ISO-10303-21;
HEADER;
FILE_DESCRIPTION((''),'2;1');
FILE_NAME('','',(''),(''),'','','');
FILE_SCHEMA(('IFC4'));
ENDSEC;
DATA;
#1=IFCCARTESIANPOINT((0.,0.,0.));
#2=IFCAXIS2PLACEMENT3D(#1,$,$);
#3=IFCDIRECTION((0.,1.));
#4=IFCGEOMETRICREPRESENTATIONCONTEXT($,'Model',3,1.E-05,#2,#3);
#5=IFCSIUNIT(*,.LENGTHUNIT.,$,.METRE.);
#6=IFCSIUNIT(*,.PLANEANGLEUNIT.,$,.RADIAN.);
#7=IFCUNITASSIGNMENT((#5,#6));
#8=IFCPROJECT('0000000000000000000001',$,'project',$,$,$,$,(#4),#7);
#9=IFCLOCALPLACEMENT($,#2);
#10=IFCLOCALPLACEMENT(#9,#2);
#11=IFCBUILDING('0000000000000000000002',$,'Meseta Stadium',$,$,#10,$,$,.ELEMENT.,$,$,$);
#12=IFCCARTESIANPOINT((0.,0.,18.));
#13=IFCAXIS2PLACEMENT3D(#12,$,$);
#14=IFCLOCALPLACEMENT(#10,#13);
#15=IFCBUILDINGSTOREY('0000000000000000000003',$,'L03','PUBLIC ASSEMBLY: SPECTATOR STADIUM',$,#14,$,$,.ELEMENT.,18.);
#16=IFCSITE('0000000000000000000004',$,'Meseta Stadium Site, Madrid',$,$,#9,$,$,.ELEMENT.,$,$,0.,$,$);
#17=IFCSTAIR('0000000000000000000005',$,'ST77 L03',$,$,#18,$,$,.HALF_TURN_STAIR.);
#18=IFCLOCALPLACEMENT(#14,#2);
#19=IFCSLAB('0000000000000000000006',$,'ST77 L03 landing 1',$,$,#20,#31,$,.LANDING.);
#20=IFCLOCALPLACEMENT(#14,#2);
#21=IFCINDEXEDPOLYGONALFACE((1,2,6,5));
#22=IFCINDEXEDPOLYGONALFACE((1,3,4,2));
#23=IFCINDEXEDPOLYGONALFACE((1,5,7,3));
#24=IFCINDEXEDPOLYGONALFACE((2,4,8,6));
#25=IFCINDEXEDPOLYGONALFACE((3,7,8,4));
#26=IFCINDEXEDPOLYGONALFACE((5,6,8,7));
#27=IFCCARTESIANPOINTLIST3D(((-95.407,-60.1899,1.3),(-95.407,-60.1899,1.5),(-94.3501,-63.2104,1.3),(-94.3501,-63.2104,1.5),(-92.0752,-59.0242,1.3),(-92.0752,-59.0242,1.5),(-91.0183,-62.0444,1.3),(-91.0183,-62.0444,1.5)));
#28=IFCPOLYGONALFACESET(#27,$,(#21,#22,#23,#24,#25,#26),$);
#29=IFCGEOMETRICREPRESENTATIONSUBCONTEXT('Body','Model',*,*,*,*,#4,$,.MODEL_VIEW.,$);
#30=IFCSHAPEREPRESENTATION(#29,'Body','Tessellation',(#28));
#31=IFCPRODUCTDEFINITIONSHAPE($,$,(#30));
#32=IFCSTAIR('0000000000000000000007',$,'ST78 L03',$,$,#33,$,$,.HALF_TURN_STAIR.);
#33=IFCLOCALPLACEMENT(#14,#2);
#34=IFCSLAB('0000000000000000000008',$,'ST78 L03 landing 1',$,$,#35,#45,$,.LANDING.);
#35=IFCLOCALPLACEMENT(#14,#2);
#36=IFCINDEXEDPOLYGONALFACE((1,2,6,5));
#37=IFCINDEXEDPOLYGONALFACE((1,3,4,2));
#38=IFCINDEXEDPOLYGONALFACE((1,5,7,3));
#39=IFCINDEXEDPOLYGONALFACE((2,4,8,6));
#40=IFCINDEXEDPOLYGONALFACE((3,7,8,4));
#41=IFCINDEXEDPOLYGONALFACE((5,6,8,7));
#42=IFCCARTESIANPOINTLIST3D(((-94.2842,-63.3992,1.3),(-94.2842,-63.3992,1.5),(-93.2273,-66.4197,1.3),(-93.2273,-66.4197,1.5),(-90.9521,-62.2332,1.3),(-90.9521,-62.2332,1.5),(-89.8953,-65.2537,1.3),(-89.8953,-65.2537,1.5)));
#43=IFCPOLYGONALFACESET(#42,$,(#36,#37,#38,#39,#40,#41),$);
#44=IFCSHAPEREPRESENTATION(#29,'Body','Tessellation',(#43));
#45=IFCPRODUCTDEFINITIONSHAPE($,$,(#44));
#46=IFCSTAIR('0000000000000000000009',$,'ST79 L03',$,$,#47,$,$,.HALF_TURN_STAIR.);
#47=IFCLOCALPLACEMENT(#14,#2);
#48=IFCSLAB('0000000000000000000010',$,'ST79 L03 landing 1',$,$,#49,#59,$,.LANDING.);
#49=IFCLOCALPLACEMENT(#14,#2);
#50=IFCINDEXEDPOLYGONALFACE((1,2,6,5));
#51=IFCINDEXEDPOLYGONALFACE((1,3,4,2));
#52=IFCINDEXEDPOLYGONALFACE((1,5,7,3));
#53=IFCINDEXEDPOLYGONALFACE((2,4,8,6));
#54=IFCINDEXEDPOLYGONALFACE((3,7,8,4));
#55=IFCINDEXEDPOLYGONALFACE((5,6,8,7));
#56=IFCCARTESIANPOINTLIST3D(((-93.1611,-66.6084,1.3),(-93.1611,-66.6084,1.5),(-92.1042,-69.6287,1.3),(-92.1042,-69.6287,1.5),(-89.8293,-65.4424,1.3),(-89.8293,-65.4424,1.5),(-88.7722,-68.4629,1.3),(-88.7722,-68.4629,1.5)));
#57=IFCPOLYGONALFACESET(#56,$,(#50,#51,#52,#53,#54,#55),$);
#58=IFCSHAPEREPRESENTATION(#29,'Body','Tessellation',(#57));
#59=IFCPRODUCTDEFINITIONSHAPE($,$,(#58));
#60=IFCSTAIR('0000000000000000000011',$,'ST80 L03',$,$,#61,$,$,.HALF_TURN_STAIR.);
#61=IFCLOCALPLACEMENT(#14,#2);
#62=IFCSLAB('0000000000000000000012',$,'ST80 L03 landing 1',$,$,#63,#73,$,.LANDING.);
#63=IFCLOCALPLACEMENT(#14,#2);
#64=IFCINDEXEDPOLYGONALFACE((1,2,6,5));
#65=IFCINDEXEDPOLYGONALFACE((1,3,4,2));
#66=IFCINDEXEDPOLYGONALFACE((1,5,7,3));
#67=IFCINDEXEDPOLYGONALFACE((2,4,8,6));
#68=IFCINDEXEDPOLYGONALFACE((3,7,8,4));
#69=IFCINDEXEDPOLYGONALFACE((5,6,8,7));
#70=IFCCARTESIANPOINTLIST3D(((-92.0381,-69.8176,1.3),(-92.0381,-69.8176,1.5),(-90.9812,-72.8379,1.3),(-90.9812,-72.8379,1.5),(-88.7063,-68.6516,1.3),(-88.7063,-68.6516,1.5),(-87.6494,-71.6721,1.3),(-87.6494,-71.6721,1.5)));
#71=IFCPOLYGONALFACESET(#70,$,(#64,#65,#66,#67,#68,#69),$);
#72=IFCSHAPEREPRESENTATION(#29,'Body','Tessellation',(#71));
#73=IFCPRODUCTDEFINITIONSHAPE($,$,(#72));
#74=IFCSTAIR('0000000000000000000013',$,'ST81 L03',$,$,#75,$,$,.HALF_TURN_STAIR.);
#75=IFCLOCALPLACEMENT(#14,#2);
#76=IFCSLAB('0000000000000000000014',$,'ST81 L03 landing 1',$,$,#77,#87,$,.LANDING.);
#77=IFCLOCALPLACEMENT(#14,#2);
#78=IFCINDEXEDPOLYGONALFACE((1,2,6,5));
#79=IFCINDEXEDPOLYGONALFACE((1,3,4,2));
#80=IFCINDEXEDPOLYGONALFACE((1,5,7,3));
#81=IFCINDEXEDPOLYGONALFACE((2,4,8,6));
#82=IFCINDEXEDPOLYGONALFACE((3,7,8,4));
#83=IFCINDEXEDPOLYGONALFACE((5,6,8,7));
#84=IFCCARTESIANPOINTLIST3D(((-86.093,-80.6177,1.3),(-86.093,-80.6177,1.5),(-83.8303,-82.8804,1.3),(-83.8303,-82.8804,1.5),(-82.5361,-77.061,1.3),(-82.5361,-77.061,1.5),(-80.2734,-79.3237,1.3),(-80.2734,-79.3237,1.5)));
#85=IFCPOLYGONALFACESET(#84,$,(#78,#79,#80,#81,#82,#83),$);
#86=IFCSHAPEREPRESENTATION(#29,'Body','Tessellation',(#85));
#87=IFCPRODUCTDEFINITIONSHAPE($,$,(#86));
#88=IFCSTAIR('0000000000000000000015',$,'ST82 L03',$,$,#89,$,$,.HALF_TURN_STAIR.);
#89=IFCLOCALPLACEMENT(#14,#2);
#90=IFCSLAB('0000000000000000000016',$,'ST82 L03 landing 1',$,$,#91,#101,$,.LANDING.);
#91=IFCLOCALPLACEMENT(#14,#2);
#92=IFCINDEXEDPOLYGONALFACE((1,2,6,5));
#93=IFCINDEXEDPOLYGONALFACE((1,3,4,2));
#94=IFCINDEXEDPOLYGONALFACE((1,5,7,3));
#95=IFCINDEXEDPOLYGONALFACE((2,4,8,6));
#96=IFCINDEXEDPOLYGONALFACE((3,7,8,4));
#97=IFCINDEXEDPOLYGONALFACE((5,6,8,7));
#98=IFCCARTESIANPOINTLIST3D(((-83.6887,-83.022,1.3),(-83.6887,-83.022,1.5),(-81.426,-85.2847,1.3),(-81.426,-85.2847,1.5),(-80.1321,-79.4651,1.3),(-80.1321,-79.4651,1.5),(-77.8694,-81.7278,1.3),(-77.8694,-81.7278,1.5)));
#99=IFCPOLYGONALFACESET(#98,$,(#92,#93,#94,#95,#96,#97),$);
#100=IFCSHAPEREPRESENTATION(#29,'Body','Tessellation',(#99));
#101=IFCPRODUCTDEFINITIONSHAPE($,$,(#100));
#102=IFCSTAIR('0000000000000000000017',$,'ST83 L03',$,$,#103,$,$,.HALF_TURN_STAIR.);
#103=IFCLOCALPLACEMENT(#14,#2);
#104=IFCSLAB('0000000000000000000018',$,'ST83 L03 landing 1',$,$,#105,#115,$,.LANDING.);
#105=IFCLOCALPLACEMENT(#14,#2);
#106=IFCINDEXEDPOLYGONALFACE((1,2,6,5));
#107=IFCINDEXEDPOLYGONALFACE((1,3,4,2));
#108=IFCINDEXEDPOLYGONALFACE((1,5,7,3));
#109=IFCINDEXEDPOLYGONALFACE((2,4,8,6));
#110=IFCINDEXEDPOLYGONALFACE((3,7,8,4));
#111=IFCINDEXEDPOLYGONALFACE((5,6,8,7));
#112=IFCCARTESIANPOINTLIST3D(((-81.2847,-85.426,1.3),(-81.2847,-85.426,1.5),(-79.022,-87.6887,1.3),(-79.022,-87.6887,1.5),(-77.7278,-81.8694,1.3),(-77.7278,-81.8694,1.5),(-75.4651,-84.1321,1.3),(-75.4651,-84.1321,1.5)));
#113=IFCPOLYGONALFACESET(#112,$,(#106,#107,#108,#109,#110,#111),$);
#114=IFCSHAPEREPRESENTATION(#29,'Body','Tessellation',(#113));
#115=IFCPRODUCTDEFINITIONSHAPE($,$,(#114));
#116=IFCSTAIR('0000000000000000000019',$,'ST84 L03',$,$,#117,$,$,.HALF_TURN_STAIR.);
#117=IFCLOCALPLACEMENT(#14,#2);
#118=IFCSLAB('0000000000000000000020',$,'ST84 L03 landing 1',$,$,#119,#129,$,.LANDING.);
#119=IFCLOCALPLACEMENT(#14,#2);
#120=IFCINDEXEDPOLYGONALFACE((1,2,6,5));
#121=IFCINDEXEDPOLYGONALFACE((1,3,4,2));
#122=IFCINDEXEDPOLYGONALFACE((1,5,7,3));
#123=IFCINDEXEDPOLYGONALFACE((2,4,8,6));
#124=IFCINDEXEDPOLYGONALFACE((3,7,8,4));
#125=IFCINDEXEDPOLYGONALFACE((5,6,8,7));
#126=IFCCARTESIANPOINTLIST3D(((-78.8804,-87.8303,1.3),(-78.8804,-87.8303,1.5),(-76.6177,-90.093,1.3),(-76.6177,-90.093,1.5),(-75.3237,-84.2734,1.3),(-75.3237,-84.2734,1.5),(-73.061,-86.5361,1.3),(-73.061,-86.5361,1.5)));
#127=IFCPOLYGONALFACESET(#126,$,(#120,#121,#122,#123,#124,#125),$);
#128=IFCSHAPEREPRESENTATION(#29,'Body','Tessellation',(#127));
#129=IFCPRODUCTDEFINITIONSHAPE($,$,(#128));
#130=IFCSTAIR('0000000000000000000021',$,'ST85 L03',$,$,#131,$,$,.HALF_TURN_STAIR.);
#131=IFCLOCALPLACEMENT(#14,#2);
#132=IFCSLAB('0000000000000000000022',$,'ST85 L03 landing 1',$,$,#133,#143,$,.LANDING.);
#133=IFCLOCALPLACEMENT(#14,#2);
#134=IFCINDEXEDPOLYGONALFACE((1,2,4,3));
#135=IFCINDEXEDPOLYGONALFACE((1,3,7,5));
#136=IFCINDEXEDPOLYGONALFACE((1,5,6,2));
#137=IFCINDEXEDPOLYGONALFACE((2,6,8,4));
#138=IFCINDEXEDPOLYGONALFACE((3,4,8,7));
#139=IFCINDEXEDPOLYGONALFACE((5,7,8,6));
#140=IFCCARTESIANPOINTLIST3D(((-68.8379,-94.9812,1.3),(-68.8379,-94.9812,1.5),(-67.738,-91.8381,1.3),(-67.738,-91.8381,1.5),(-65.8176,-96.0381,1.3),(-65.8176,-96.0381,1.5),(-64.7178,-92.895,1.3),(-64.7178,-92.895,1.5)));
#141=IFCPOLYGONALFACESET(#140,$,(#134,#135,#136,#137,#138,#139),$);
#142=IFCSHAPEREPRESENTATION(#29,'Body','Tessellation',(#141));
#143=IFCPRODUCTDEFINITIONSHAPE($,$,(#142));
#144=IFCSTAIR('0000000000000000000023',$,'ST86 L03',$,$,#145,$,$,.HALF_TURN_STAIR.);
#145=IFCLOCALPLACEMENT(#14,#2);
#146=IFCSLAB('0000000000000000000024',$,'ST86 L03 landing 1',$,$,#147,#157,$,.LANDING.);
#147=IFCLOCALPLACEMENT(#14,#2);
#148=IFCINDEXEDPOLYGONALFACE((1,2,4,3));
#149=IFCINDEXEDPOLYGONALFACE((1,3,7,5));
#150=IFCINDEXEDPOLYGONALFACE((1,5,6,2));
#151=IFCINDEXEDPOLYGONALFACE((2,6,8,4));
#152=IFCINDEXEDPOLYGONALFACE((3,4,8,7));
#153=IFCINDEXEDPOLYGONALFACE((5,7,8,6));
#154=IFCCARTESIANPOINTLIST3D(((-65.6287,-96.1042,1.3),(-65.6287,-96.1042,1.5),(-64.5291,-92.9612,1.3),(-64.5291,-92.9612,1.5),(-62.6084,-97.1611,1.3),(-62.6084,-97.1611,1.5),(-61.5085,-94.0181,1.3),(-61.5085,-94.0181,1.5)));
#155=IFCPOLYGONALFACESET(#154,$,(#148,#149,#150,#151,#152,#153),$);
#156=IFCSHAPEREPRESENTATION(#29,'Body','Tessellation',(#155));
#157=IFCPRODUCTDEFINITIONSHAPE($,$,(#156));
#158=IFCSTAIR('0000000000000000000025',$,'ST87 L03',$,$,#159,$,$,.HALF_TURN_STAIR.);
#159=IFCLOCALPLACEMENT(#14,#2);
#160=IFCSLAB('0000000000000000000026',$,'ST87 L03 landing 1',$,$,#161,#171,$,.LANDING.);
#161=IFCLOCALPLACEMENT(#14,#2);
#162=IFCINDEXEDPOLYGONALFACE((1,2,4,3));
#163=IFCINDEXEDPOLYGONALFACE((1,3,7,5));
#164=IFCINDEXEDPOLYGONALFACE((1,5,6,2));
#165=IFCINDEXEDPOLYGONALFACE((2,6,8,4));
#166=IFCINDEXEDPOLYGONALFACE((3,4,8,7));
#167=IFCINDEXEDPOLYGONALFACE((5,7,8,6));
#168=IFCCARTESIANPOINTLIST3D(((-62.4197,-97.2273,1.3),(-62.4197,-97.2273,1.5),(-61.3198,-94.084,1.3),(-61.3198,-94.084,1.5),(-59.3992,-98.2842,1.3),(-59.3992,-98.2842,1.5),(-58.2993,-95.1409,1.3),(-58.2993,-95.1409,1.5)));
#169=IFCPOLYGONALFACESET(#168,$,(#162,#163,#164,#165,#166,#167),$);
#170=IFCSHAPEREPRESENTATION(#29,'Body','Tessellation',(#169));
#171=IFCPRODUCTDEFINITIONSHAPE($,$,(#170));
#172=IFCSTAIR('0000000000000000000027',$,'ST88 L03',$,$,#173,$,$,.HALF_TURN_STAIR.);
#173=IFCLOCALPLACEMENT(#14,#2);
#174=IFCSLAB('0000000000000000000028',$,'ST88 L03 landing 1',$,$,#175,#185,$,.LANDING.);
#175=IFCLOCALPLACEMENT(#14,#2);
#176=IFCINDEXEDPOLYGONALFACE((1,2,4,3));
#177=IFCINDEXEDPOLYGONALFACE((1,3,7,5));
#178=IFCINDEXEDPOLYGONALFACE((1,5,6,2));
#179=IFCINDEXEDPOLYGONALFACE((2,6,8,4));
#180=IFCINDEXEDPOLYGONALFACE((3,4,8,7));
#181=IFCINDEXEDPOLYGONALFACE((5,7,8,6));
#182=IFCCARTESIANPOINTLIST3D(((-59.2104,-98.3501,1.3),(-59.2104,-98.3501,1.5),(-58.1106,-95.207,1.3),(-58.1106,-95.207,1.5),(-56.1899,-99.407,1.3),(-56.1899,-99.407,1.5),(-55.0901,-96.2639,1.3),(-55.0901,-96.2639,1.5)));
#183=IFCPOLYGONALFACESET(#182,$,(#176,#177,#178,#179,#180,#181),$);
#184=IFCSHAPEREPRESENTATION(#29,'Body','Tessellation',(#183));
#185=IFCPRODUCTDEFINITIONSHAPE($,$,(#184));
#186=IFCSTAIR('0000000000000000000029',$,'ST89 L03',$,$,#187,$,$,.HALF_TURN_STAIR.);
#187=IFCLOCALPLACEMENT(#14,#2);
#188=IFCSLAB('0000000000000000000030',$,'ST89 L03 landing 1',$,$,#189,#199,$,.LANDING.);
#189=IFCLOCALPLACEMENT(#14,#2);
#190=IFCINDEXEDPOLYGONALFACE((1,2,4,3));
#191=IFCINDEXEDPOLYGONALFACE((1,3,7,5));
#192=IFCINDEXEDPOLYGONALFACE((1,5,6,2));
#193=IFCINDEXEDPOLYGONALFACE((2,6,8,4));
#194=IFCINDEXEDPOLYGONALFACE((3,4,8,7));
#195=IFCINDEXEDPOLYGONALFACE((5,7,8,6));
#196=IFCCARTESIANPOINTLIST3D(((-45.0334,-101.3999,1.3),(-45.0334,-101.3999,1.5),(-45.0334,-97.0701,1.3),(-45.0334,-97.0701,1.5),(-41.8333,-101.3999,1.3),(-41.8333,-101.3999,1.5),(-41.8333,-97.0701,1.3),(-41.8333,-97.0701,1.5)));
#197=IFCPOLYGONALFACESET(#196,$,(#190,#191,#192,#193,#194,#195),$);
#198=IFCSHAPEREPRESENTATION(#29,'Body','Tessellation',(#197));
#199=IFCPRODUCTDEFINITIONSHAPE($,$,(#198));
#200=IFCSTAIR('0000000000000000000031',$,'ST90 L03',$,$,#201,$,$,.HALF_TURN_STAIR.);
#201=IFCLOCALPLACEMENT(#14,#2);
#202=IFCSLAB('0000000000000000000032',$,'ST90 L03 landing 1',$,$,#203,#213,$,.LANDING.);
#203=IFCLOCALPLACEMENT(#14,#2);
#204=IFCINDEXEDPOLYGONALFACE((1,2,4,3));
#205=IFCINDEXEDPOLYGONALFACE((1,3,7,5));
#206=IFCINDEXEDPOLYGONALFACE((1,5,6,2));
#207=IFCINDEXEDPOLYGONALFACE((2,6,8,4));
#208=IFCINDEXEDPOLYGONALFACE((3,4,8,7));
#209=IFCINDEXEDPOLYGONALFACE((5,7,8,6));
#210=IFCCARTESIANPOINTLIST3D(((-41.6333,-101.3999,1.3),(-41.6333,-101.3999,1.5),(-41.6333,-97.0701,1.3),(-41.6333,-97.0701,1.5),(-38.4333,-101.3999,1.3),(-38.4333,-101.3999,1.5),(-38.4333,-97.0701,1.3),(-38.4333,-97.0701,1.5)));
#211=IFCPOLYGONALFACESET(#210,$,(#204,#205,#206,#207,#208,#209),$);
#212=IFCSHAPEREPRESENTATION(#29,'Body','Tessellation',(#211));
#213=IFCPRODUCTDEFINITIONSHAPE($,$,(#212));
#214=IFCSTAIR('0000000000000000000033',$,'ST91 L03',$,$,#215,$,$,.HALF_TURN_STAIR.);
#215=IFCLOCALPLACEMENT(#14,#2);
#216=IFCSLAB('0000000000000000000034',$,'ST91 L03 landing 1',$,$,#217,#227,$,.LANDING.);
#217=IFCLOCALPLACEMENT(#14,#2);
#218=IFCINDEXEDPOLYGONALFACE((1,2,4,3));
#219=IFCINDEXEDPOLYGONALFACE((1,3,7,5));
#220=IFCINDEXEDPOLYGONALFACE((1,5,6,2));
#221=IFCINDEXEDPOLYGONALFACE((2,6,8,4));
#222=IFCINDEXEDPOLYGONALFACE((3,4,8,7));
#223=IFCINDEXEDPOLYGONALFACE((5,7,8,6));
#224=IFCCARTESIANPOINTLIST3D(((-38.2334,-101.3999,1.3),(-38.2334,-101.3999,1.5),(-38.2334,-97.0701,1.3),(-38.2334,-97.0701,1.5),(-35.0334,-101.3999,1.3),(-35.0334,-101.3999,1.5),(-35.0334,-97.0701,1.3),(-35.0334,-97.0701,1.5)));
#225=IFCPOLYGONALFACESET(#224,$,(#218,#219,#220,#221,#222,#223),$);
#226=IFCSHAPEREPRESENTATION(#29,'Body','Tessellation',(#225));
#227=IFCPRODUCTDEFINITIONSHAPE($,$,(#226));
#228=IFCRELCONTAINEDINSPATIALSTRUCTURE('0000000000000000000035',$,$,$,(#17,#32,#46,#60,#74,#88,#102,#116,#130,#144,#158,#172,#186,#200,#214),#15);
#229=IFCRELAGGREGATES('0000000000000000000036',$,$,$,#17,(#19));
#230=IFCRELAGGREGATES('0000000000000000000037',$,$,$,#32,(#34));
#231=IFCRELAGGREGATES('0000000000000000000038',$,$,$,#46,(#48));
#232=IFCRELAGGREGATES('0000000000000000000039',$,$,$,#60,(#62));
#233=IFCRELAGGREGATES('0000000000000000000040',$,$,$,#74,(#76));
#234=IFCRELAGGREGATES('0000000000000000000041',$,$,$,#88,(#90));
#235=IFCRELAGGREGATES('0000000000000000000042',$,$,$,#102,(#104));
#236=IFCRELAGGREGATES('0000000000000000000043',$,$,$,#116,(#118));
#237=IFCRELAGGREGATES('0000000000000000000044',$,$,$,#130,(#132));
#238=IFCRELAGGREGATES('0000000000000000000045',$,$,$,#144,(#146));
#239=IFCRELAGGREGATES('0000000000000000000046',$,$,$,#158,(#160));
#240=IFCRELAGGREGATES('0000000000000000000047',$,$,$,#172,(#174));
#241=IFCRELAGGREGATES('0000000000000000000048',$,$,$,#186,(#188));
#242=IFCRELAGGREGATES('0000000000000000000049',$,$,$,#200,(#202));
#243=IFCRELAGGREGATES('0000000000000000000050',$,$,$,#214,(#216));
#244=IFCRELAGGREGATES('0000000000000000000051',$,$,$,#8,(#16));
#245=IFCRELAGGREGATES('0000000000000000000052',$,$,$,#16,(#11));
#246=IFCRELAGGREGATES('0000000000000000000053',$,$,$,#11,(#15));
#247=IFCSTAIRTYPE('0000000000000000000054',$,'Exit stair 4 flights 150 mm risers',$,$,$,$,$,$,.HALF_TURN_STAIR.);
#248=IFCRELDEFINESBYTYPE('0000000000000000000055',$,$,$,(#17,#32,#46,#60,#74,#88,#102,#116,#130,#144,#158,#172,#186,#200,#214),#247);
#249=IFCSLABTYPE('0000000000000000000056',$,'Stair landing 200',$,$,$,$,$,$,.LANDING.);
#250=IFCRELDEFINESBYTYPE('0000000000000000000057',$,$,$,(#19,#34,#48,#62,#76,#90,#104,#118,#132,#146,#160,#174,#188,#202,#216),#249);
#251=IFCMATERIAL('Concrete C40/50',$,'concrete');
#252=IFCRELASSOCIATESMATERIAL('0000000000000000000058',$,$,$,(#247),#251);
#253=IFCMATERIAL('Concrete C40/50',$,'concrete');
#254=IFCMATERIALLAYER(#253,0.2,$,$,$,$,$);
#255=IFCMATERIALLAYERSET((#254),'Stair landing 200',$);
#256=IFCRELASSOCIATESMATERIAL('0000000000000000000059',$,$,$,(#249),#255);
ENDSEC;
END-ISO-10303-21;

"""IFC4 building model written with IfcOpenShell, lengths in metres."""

from ifc_helpers import new_model, si_unit, direction, frame, origin, place, context, subcontext, project, spatial, polyline, outline, extrude, material, layer, layer_set, type_object, element, aggregate, save


model = new_model("IFC4")

# Units and contexts
model_context = context("Model", 3, precision=1e-05, world=origin(), true_north=direction((0.0, 1.0)))
body_context = subcontext(model_context, "Body", "Model", "MODEL_VIEW")
ifc_project = project(units=[si_unit("LENGTHUNIT", "METRE"), si_unit("PLANEANGLEUNIT", "RADIAN")], contexts=[model_context])

# Site, building, storey
site_placement = place(None, origin())
site = spatial("IfcSite", under=ifc_project, at=site_placement, Name="Meseta Stadium Site, Madrid", CompositionType="ELEMENT", RefElevation=0.0)
building_placement = place(site_placement, origin())
building = spatial("IfcBuilding", under=site, at=building_placement, Name="Meseta Stadium", CompositionType="ELEMENT")
storey_placement = place(building_placement, frame((0.0, 0.0, 18.0)))
storey = spatial("IfcBuildingStorey", under=building, at=storey_placement, Name="L03", Description="PUBLIC ASSEMBLY: SPECTATOR STADIUM", CompositionType="ELEMENT", Elevation=18.0)

# Stairs, slabs
ifc_material_1 = material(Name="Concrete C40/50", Category="concrete")
stair_type = type_object("IfcStairType", Name="Exit stair 4 flights 150 mm risers", PredefinedType="HALF_TURN_STAIR", material=ifc_material_1)
stair_1_placement = place(storey_placement, origin())
stair_1 = element("IfcStair", 1, at=stair_1_placement, inside=storey, type_object=stair_type, Name="ST77 L03", PredefinedType="HALF_TURN_STAIR")
ifc_material_2 = material(Name="Concrete C40/50", Category="concrete")
ifc_layer = layer(ifc_material_2, 0.2)
ifc_layer_set = layer_set([ifc_layer], Name="Stair landing 200")
slab_type = type_object("IfcSlabType", Name="Stair landing 200", PredefinedType="LANDING", material=ifc_layer_set)
slab_1_placement = place(storey_placement, frame((0.0, 0.0, 1.3)))
slab_1 = element("IfcSlab", 2, at=slab_1_placement, type_object=slab_type, Name="ST77 L03 landing 1", PredefinedType="LANDING", context=body_context, shape_type="SweptSolid", body=[
    extrude(outline(polyline([(-92.0752, -59.0242), (-95.407, -60.1899), (-94.3501, -63.2104), (-91.0183, -62.0444), (-92.0752, -59.0242)])), origin(), (0.0, 0.0, 1.0), 0.2),
])
aggregate(stair_1, [slab_1])
stair_2_placement = place(storey_placement, origin())
stair_2 = element("IfcStair", 3, at=stair_2_placement, inside=storey, type_object=stair_type, Name="ST78 L03", PredefinedType="HALF_TURN_STAIR")
slab_2_placement = place(storey_placement, frame((0.0, 0.0, 1.3)))
slab_2 = element("IfcSlab", 4, at=slab_2_placement, type_object=slab_type, Name="ST78 L03 landing 1", PredefinedType="LANDING", context=body_context, shape_type="SweptSolid", body=[
    extrude(outline(polyline([(-90.9521, -62.2332), (-94.2842, -63.3992), (-93.2273, -66.4197), (-89.8953, -65.2537), (-90.9521, -62.2332)])), origin(), (0.0, 0.0, 1.0), 0.2),
])
aggregate(stair_2, [slab_2])
stair_3_placement = place(storey_placement, origin())
stair_3 = element("IfcStair", 5, at=stair_3_placement, inside=storey, type_object=stair_type, Name="ST79 L03", PredefinedType="HALF_TURN_STAIR")
slab_3_placement = place(storey_placement, frame((0.0, 0.0, 1.3)))
slab_3 = element("IfcSlab", 6, at=slab_3_placement, type_object=slab_type, Name="ST79 L03 landing 1", PredefinedType="LANDING", context=body_context, shape_type="SweptSolid", body=[
    extrude(outline(polyline([(-89.8293, -65.4424), (-93.1611, -66.6084), (-92.1042, -69.6287), (-88.7722, -68.4629), (-89.8293, -65.4424)])), origin(), (0.0, 0.0, 1.0), 0.2),
])
aggregate(stair_3, [slab_3])
stair_4_placement = place(storey_placement, origin())
stair_4 = element("IfcStair", 7, at=stair_4_placement, inside=storey, type_object=stair_type, Name="ST80 L03", PredefinedType="HALF_TURN_STAIR")
slab_4_placement = place(storey_placement, frame((0.0, 0.0, 1.3)))
slab_4 = element("IfcSlab", 8, at=slab_4_placement, type_object=slab_type, Name="ST80 L03 landing 1", PredefinedType="LANDING", context=body_context, shape_type="SweptSolid", body=[
    extrude(outline(polyline([(-88.7063, -68.6516), (-92.0381, -69.8176), (-90.9812, -72.8379), (-87.6494, -71.6721), (-88.7063, -68.6516)])), origin(), (0.0, 0.0, 1.0), 0.2),
])
aggregate(stair_4, [slab_4])
stair_5_placement = place(storey_placement, origin())
stair_5 = element("IfcStair", 9, at=stair_5_placement, inside=storey, type_object=stair_type, Name="ST81 L03", PredefinedType="HALF_TURN_STAIR")
slab_5_placement = place(storey_placement, frame((0.0, 0.0, 1.3)))
slab_5 = element("IfcSlab", 10, at=slab_5_placement, type_object=slab_type, Name="ST81 L03 landing 1", PredefinedType="LANDING", context=body_context, shape_type="SweptSolid", body=[
    extrude(outline(polyline([(-82.5361, -77.061), (-86.093, -80.6177), (-83.8303, -82.8804), (-80.2734, -79.3237), (-82.5361, -77.061)])), origin(), (0.0, 0.0, 1.0), 0.2),
])
aggregate(stair_5, [slab_5])
stair_6_placement = place(storey_placement, origin())
stair_6 = element("IfcStair", 11, at=stair_6_placement, inside=storey, type_object=stair_type, Name="ST82 L03", PredefinedType="HALF_TURN_STAIR")
slab_6_placement = place(storey_placement, frame((0.0, 0.0, 1.3)))
slab_6 = element("IfcSlab", 12, at=slab_6_placement, type_object=slab_type, Name="ST82 L03 landing 1", PredefinedType="LANDING", context=body_context, shape_type="SweptSolid", body=[
    extrude(outline(polyline([(-80.1321, -79.4651), (-83.6887, -83.022), (-81.426, -85.2847), (-77.8694, -81.7278), (-80.1321, -79.4651)])), origin(), (0.0, 0.0, 1.0), 0.2),
])
aggregate(stair_6, [slab_6])
stair_7_placement = place(storey_placement, origin())
stair_7 = element("IfcStair", 13, at=stair_7_placement, inside=storey, type_object=stair_type, Name="ST83 L03", PredefinedType="HALF_TURN_STAIR")
slab_7_placement = place(storey_placement, frame((0.0, 0.0, 1.3)))
slab_7 = element("IfcSlab", 14, at=slab_7_placement, type_object=slab_type, Name="ST83 L03 landing 1", PredefinedType="LANDING", context=body_context, shape_type="SweptSolid", body=[
    extrude(outline(polyline([(-77.7278, -81.8694), (-81.2847, -85.426), (-79.022, -87.6887), (-75.4651, -84.1321), (-77.7278, -81.8694)])), origin(), (0.0, 0.0, 1.0), 0.2),
])
aggregate(stair_7, [slab_7])
stair_8_placement = place(storey_placement, origin())
stair_8 = element("IfcStair", 15, at=stair_8_placement, inside=storey, type_object=stair_type, Name="ST84 L03", PredefinedType="HALF_TURN_STAIR")
slab_8_placement = place(storey_placement, frame((0.0, 0.0, 1.3)))
slab_8 = element("IfcSlab", 16, at=slab_8_placement, type_object=slab_type, Name="ST84 L03 landing 1", PredefinedType="LANDING", context=body_context, shape_type="SweptSolid", body=[
    extrude(outline(polyline([(-75.3237, -84.2734), (-78.8804, -87.8303), (-76.6177, -90.093), (-73.061, -86.5361), (-75.3237, -84.2734)])), origin(), (0.0, 0.0, 1.0), 0.2),
])
aggregate(stair_8, [slab_8])
stair_9_placement = place(storey_placement, origin())
stair_9 = element("IfcStair", 17, at=stair_9_placement, inside=storey, type_object=stair_type, Name="ST85 L03", PredefinedType="HALF_TURN_STAIR")
slab_9_placement = place(storey_placement, frame((0.0, 0.0, 1.3)))
slab_9 = element("IfcSlab", 18, at=slab_9_placement, type_object=slab_type, Name="ST85 L03 landing 1", PredefinedType="LANDING", context=body_context, shape_type="SweptSolid", body=[
    extrude(outline(polyline([(-67.738, -91.8381), (-68.8379, -94.9812), (-65.8176, -96.0381), (-64.7178, -92.895), (-67.738, -91.8381)])), origin(), (0.0, 0.0, 1.0), 0.2),
])
aggregate(stair_9, [slab_9])
stair_10_placement = place(storey_placement, origin())
stair_10 = element("IfcStair", 19, at=stair_10_placement, inside=storey, type_object=stair_type, Name="ST86 L03", PredefinedType="HALF_TURN_STAIR")
slab_10_placement = place(storey_placement, frame((0.0, 0.0, 1.3)))
slab_10 = element("IfcSlab", 20, at=slab_10_placement, type_object=slab_type, Name="ST86 L03 landing 1", PredefinedType="LANDING", context=body_context, shape_type="SweptSolid", body=[
    extrude(outline(polyline([(-64.5291, -92.9612), (-65.6287, -96.1042), (-62.6084, -97.1611), (-61.5085, -94.0181), (-64.5291, -92.9612)])), origin(), (0.0, 0.0, 1.0), 0.2),
])
aggregate(stair_10, [slab_10])
stair_11_placement = place(storey_placement, origin())
stair_11 = element("IfcStair", 21, at=stair_11_placement, inside=storey, type_object=stair_type, Name="ST87 L03", PredefinedType="HALF_TURN_STAIR")
slab_11_placement = place(storey_placement, frame((0.0, 0.0, 1.3)))
slab_11 = element("IfcSlab", 22, at=slab_11_placement, type_object=slab_type, Name="ST87 L03 landing 1", PredefinedType="LANDING", context=body_context, shape_type="SweptSolid", body=[
    extrude(outline(polyline([(-61.3198, -94.084), (-62.4197, -97.2273), (-59.3992, -98.2842), (-58.2993, -95.1409), (-61.3198, -94.084)])), origin(), (0.0, 0.0, 1.0), 0.2),
])
aggregate(stair_11, [slab_11])
stair_12_placement = place(storey_placement, origin())
stair_12 = element("IfcStair", 23, at=stair_12_placement, inside=storey, type_object=stair_type, Name="ST88 L03", PredefinedType="HALF_TURN_STAIR")
slab_12_placement = place(storey_placement, frame((0.0, 0.0, 1.3)))
slab_12 = element("IfcSlab", 24, at=slab_12_placement, type_object=slab_type, Name="ST88 L03 landing 1", PredefinedType="LANDING", context=body_context, shape_type="SweptSolid", body=[
    extrude(outline(polyline([(-58.1106, -95.207), (-59.2104, -98.3501), (-56.1899, -99.407), (-55.0901, -96.2639), (-58.1106, -95.207)])), origin(), (0.0, 0.0, 1.0), 0.2),
])
aggregate(stair_12, [slab_12])
stair_13_placement = place(storey_placement, origin())
stair_13 = element("IfcStair", 25, at=stair_13_placement, inside=storey, type_object=stair_type, Name="ST89 L03", PredefinedType="HALF_TURN_STAIR")
slab_13_placement = place(storey_placement, frame((0.0, 0.0, 1.3)))
slab_13 = element("IfcSlab", 26, at=slab_13_placement, type_object=slab_type, Name="ST89 L03 landing 1", PredefinedType="LANDING", context=body_context, shape_type="SweptSolid", body=[
    extrude(outline(polyline([(-45.0334, -97.0701), (-45.0334, -101.3999), (-41.8333, -101.3999), (-41.8333, -97.0701), (-45.0334, -97.0701)])), origin(), (0.0, 0.0, 1.0), 0.2),
])
aggregate(stair_13, [slab_13])
stair_14_placement = place(storey_placement, origin())
stair_14 = element("IfcStair", 27, at=stair_14_placement, inside=storey, type_object=stair_type, Name="ST90 L03", PredefinedType="HALF_TURN_STAIR")
slab_14_placement = place(storey_placement, frame((0.0, 0.0, 1.3)))
slab_14 = element("IfcSlab", 28, at=slab_14_placement, type_object=slab_type, Name="ST90 L03 landing 1", PredefinedType="LANDING", context=body_context, shape_type="SweptSolid", body=[
    extrude(outline(polyline([(-41.6333, -97.0701), (-41.6333, -101.3999), (-38.4333, -101.3999), (-38.4333, -97.0701), (-41.6333, -97.0701)])), origin(), (0.0, 0.0, 1.0), 0.2),
])
aggregate(stair_14, [slab_14])
stair_15_placement = place(storey_placement, origin())
stair_15 = element("IfcStair", 29, at=stair_15_placement, inside=storey, type_object=stair_type, Name="ST91 L03", PredefinedType="HALF_TURN_STAIR")
slab_15_placement = place(storey_placement, frame((0.0, 0.0, 1.3)))
slab_15 = element("IfcSlab", 30, at=slab_15_placement, type_object=slab_type, Name="ST91 L03 landing 1", PredefinedType="LANDING", context=body_context, shape_type="SweptSolid", body=[
    extrude(outline(polyline([(-38.2334, -97.0701), (-38.2334, -101.3999), (-35.0334, -101.3999), (-35.0334, -97.0701), (-38.2334, -97.0701)])), origin(), (0.0, 0.0, 1.0), 0.2),
])
aggregate(stair_15, [slab_15])

save(model, "model.ifc")
